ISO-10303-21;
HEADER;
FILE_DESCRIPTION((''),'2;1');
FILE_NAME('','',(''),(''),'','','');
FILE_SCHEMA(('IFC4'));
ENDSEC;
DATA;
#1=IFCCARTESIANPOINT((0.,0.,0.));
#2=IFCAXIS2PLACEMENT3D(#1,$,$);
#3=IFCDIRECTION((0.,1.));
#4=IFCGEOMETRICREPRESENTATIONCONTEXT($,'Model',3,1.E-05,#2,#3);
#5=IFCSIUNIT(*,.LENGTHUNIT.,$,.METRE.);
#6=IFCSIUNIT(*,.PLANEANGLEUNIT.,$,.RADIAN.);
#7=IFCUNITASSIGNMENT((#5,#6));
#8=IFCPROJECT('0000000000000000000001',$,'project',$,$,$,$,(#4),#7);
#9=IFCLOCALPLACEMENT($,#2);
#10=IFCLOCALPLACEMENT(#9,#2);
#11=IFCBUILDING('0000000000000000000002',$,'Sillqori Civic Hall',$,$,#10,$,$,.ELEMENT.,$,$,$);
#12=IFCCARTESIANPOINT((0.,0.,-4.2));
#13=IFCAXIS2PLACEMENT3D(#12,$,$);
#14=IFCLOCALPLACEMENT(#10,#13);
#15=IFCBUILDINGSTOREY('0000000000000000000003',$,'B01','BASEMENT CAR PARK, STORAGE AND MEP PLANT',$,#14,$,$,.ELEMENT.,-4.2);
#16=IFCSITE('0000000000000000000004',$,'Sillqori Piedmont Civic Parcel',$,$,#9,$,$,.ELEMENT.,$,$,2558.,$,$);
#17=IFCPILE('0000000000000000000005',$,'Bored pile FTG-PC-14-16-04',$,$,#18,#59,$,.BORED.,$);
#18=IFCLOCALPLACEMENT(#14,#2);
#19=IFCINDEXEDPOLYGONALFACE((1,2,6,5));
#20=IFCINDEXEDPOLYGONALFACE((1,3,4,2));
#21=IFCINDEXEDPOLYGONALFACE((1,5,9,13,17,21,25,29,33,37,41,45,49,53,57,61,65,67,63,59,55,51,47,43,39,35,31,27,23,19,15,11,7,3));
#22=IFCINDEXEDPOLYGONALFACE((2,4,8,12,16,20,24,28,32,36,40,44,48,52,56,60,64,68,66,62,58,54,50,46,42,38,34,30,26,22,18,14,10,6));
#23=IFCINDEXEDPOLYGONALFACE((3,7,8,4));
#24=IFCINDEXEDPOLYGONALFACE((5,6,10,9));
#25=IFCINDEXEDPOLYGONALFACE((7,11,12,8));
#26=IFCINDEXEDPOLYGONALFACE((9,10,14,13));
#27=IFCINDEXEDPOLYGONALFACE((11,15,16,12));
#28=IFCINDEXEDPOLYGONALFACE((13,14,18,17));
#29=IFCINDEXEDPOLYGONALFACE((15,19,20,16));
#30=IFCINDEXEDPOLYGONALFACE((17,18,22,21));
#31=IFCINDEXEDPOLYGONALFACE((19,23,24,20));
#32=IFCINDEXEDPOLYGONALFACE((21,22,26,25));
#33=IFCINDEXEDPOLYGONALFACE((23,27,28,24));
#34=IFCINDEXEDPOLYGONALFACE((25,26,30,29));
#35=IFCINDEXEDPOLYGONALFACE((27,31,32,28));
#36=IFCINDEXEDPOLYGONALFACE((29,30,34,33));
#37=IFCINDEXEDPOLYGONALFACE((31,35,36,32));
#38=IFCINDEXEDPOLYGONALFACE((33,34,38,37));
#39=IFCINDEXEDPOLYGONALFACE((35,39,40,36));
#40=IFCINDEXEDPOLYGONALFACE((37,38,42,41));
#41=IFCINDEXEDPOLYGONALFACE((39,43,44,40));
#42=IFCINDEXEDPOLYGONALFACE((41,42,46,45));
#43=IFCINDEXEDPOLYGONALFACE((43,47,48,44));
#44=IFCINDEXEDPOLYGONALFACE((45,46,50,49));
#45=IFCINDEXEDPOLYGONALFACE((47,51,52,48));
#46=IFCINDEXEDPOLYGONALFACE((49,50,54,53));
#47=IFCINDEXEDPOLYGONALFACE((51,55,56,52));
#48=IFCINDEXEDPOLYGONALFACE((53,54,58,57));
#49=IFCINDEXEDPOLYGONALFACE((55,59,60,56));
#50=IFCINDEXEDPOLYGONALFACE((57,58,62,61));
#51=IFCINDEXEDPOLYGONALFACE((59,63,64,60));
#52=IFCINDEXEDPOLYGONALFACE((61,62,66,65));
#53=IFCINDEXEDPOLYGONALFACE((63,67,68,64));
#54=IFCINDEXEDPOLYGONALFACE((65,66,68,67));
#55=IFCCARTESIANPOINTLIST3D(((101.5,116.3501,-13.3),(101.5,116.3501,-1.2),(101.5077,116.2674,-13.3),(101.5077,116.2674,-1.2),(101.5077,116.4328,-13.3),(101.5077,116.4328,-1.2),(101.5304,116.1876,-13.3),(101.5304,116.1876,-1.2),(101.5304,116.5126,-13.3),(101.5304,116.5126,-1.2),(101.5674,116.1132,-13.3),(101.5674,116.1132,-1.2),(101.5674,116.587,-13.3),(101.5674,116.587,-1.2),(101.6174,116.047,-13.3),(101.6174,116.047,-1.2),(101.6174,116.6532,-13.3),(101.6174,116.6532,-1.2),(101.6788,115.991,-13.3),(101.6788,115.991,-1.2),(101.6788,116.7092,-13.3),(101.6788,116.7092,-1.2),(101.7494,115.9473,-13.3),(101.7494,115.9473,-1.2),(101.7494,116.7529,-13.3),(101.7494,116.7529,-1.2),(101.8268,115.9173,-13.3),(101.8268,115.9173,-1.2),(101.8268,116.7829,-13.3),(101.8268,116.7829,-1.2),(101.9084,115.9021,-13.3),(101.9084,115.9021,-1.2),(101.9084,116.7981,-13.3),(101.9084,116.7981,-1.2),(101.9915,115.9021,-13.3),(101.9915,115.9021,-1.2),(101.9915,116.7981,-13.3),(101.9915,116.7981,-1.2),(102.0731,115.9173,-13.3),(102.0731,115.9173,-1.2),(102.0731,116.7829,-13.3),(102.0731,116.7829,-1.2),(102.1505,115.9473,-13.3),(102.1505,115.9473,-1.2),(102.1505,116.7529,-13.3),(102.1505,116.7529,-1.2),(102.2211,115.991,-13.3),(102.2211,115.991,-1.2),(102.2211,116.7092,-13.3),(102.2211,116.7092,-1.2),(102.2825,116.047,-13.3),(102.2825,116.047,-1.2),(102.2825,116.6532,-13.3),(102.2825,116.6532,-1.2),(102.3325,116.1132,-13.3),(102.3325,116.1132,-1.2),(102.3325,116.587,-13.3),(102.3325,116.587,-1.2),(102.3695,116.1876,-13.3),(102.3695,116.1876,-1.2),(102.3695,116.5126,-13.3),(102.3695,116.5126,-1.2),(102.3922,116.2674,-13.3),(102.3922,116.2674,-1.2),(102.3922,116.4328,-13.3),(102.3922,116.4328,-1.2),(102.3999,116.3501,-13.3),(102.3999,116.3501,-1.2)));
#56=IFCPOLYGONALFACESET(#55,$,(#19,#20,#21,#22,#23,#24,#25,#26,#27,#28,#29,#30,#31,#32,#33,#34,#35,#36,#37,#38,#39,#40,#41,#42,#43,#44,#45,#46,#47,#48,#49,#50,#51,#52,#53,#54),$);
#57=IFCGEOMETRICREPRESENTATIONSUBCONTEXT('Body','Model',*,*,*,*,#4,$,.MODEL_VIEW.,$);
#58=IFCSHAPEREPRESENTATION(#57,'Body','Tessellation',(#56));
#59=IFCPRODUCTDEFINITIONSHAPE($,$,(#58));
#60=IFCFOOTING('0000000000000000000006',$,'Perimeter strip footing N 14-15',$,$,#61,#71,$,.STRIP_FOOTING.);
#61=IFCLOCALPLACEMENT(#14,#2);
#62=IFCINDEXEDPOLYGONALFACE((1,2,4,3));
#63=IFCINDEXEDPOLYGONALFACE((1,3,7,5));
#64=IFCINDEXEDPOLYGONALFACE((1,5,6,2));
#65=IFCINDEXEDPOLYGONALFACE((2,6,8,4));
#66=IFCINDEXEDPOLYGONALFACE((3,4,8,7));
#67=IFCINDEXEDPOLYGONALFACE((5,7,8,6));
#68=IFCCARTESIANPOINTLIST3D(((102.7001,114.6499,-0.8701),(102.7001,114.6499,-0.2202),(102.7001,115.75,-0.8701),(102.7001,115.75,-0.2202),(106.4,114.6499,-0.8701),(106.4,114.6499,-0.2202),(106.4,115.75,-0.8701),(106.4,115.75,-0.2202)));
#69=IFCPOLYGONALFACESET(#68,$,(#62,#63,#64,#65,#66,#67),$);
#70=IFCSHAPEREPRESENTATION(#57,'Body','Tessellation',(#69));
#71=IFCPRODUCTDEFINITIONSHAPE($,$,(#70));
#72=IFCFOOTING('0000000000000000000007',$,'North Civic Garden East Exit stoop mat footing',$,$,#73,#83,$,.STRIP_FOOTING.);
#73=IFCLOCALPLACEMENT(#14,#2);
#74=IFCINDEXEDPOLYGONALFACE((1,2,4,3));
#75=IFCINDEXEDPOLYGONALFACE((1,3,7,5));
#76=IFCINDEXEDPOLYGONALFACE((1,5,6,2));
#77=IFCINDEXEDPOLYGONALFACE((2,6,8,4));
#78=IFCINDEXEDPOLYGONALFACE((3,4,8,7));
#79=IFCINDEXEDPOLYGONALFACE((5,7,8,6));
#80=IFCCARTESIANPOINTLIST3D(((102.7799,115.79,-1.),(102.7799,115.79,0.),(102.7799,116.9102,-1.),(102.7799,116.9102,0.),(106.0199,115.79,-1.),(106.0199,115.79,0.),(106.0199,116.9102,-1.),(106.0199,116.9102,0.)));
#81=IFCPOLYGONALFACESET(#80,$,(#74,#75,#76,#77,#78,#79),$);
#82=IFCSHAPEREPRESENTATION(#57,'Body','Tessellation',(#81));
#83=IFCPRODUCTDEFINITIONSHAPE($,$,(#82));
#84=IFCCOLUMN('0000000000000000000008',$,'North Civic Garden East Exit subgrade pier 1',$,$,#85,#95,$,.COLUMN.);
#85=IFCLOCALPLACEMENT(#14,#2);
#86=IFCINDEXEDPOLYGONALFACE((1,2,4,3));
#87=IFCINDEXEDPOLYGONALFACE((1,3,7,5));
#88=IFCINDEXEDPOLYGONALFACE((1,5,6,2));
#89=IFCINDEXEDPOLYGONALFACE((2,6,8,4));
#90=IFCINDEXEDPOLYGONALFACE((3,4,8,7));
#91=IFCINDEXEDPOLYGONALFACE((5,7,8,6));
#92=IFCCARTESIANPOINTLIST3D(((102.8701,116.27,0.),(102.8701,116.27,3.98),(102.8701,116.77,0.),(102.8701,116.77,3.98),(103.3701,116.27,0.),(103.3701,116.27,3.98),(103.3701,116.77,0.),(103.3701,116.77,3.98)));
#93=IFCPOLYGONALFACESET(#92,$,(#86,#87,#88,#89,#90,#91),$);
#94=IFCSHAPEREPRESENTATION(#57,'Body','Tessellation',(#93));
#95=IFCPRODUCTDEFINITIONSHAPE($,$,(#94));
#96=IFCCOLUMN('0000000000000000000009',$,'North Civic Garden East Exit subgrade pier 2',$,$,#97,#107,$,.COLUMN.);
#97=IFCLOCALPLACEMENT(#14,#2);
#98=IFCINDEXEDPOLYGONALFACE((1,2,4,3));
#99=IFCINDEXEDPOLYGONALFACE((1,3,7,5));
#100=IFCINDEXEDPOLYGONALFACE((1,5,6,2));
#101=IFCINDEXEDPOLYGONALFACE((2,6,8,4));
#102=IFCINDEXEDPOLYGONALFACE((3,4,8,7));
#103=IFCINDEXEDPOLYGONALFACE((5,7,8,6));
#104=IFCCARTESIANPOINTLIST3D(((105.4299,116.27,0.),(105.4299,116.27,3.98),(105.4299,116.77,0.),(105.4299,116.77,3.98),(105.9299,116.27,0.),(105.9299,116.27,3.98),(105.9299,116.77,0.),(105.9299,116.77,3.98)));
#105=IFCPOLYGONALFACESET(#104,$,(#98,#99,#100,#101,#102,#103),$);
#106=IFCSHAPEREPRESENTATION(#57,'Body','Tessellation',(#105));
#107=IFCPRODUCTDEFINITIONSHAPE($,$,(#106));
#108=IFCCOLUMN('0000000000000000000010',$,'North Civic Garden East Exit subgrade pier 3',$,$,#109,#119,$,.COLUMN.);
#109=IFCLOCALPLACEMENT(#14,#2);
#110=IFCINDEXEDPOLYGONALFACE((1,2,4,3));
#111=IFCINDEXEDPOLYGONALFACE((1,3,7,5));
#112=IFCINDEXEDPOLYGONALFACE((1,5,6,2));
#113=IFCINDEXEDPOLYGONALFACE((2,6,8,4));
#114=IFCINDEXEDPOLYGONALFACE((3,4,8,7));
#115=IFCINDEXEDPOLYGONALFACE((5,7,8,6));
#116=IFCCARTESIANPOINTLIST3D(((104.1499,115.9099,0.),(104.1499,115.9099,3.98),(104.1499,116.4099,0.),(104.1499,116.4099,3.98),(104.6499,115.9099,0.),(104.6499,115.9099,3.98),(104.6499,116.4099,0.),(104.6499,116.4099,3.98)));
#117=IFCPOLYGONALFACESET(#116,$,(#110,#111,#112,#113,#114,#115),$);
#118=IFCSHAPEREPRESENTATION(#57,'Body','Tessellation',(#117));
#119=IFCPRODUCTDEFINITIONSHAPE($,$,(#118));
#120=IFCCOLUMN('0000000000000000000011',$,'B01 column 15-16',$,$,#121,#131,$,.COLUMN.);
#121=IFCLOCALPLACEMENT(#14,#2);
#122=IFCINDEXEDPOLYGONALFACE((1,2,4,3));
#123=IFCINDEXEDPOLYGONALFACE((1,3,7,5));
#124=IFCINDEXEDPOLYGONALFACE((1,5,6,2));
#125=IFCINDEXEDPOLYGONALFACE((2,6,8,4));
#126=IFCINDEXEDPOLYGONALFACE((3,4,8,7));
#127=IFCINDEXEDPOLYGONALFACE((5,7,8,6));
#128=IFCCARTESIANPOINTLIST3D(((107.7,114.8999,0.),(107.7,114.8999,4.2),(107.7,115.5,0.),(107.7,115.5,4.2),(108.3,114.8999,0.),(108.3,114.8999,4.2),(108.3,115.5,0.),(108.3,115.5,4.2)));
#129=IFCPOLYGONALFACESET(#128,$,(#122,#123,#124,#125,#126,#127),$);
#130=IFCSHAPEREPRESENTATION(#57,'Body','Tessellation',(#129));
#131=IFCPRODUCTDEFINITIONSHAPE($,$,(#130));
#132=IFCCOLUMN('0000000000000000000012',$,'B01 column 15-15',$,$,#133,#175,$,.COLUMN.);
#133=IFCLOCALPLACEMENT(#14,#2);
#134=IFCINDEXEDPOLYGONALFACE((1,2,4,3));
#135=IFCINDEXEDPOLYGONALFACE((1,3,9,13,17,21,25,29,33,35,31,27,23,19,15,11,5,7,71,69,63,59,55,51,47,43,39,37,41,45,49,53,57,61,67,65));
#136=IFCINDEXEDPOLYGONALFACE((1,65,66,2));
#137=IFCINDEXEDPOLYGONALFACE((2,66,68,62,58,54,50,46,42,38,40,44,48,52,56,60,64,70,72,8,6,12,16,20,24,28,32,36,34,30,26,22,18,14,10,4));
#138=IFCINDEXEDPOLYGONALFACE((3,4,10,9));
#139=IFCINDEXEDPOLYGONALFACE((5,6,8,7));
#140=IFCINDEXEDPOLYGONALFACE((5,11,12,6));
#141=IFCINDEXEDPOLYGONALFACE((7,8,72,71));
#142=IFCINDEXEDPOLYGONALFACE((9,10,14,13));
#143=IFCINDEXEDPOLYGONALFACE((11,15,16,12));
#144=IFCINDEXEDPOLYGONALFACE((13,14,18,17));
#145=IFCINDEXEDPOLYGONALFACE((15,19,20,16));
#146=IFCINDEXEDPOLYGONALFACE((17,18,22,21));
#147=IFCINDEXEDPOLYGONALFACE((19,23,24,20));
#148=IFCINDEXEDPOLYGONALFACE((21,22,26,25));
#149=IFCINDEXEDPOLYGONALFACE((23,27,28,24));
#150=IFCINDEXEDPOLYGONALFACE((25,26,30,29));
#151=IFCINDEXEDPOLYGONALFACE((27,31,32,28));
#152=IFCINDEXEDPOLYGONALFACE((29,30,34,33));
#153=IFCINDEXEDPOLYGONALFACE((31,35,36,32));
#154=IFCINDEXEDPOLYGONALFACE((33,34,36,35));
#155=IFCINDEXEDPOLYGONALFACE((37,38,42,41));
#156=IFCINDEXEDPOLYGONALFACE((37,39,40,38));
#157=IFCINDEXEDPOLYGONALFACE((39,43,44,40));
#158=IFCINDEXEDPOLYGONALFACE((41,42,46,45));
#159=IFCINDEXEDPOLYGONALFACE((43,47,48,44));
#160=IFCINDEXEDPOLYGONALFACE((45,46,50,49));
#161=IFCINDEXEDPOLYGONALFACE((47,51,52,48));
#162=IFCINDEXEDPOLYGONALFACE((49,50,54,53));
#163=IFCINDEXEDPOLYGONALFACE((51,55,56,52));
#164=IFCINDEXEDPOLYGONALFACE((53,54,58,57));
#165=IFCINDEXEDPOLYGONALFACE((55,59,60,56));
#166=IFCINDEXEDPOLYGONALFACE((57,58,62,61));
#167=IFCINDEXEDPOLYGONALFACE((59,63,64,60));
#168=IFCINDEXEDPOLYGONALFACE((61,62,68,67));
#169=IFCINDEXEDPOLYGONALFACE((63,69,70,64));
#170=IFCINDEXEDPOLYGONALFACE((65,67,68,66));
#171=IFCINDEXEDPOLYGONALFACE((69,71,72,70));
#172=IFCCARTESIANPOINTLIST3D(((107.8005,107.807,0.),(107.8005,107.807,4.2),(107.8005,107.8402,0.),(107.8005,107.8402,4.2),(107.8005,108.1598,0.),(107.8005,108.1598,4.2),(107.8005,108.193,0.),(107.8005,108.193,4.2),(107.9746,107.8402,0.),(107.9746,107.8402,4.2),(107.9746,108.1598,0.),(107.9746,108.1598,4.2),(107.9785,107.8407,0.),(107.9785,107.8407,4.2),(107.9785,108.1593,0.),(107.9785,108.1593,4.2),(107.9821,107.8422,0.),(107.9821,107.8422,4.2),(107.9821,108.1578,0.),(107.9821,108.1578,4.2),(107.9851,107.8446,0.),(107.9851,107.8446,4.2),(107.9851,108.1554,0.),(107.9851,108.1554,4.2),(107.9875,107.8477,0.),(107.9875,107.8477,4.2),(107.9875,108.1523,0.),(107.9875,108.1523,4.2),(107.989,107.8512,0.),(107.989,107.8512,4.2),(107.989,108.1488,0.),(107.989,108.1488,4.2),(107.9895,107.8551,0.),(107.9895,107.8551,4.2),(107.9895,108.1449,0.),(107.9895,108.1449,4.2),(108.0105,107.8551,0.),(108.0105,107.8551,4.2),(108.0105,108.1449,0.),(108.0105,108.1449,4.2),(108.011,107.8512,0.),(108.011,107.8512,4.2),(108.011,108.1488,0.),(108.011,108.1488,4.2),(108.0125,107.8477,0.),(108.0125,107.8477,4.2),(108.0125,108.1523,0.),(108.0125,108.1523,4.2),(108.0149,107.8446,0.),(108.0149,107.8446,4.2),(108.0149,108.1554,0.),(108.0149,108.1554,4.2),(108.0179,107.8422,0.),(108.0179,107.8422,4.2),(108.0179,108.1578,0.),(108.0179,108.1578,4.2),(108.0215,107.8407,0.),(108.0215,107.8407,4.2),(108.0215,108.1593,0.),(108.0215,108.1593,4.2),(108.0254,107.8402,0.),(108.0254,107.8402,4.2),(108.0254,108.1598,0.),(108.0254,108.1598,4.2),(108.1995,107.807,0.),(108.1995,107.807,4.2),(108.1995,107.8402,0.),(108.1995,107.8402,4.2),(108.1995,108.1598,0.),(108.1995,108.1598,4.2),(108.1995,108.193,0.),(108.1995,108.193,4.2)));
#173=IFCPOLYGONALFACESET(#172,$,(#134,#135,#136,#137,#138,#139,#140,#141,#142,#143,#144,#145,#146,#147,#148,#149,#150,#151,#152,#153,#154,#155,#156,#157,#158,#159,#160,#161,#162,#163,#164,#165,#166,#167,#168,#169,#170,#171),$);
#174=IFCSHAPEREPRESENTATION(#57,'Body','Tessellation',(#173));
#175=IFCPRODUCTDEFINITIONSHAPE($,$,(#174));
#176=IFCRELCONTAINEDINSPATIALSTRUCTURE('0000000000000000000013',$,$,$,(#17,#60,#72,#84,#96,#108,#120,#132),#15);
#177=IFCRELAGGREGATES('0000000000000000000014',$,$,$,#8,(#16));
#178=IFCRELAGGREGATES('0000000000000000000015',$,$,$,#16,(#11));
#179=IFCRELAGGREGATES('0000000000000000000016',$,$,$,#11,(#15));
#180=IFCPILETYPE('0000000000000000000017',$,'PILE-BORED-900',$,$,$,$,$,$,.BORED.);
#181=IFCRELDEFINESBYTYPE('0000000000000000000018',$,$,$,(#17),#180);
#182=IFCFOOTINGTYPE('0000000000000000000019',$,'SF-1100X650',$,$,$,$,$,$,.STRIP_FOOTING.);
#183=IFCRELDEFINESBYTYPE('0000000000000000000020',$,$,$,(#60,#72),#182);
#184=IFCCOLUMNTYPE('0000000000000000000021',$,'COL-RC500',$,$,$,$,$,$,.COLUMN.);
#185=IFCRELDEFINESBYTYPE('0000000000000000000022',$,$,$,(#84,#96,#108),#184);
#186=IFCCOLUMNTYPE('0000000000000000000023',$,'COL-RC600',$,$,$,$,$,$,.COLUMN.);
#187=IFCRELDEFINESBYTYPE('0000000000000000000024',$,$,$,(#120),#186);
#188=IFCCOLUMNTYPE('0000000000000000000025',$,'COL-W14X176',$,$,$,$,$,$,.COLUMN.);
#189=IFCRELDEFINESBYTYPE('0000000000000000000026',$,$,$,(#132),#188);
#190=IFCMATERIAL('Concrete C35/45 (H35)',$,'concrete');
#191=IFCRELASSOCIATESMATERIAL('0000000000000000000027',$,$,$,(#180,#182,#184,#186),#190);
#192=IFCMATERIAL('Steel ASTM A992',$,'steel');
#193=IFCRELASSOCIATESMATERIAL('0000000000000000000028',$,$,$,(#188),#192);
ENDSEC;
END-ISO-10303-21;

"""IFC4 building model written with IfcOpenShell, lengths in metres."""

from ifc_helpers import new_model, si_unit, direction, frame, origin, origin_2d, place, context, subcontext, project, spatial, rectangle, circle, i_section, extrude, material, material_profile, profile_set, type_object, element, save


model = new_model("IFC4")

# Units and contexts
model_context = context("Model", 3, precision=1e-05, world=origin(), true_north=direction((0.0, 1.0)))
body_context = subcontext(model_context, "Body", "Model", "MODEL_VIEW")
ifc_project = project(units=[si_unit("LENGTHUNIT", "METRE"), si_unit("PLANEANGLEUNIT", "RADIAN")], contexts=[model_context])

# Site, building, storey
site_placement = place(None, origin())
site = spatial("IfcSite", under=ifc_project, at=site_placement, Name="Sillqori Piedmont Civic Parcel", CompositionType="ELEMENT", RefElevation=2558.0)
building_placement = place(site_placement, origin())
building = spatial("IfcBuilding", under=site, at=building_placement, Name="Sillqori Civic Hall", CompositionType="ELEMENT")
storey_placement = place(building_placement, frame((0.0, 0.0, -4.2)))
storey = spatial("IfcBuildingStorey", under=building, at=storey_placement, Name="B01", Description="BASEMENT CAR PARK, STORAGE AND MEP PLANT", CompositionType="ELEMENT", Elevation=-4.2)

# Shared definitions
ifc_material_1 = material(Name="Concrete C35/45 (H35)", Category="concrete")

# Pile
ifc_material_profile_1 = material_profile(ifc_material_1, circle(Radius=0.45, at=origin_2d()), Name="BORED PILE 900")
ifc_profile_set_1 = profile_set([ifc_material_profile_1], Name="Concrete C35/45 (H35)")
pile_type = type_object("IfcPileType", Name="PILE-BORED-900", PredefinedType="BORED", material=ifc_profile_set_1)
for number, where, z_axis, x_axis, name in (
    (1, (101.95, 116.3501, -1.2), (0.0, 0.0, -1.0), (1.0, 0.0, 0.0), "Bored pile FTG-PC-14-16-04"),
):
    element("IfcPile", number, at=place(storey_placement, frame(where, z_axis=z_axis, x_axis=x_axis)), inside=storey, type_object=pile_type, Name=name, PredefinedType="BORED", context=body_context, shape_type="SweptSolid", body=[
        extrude(circle(Radius=0.45, at=origin_2d()), origin(), (0.0, 0.0, 1.0), 12.1001),
    ])

# Footings
footing_type_1 = type_object("IfcFootingType", Name="SF-1100X650", PredefinedType="STRIP_FOOTING", material=ifc_material_1)
footing_1_placement = place(storey_placement, frame((104.55, 115.2, -0.8701), z_axis=(0.0, 0.0, 1.0), x_axis=(1.0, 0.0, 0.0)))
element("IfcFooting", 2, at=footing_1_placement, inside=storey, type_object=footing_type_1, Name="Perimeter strip footing N 14-15", PredefinedType="STRIP_FOOTING", context=body_context, shape_type="SweptSolid", body=[
    extrude(rectangle(XDim=3.7, YDim=1.1001, at=origin_2d()), origin(), (0.0, 0.0, 1.0), 0.6499),
])
footing_2_placement = place(storey_placement, frame((104.3999, 116.3501, -1.0), z_axis=(0.0, 0.0, 1.0), x_axis=(1.0, 0.0, 0.0)))
element("IfcFooting", 3, at=footing_2_placement, inside=storey, type_object=footing_type_1, Name="North Civic Garden East Exit stoop mat footing", PredefinedType="STRIP_FOOTING", context=body_context, shape_type="SweptSolid", body=[
    extrude(rectangle(XDim=3.24, YDim=1.1201, at=origin_2d()), origin(), (0.0, 0.0, 1.0), 1.0),
])

# Columns
ifc_material_profile_2 = material_profile(ifc_material_1, rectangle(XDim=0.5, YDim=0.5, at=origin_2d()), Name="RC 500x500")
ifc_profile_set_2 = profile_set([ifc_material_profile_2], Name="Concrete C35/45 (H35)")
column_type_1 = type_object("IfcColumnType", Name="COL-RC500", PredefinedType="COLUMN", material=ifc_profile_set_2)
for number, where, z_axis, x_axis, name in (
    (4, (103.1201, 116.52, 0.0), (0.0, 0.0, 1.0), (1.0, 0.0, 0.0), "North Civic Garden East Exit subgrade pier 1"),
    (5, (105.6799, 116.52, 0.0), (0.0, 0.0, 1.0), (1.0, 0.0, 0.0), "North Civic Garden East Exit subgrade pier 2"),
    (6, (104.3999, 116.1599, 0.0), (0.0, 0.0, 1.0), (1.0, 0.0, 0.0), "North Civic Garden East Exit subgrade pier 3"),
):
    element("IfcColumn", number, at=place(storey_placement, frame(where, z_axis=z_axis, x_axis=x_axis)), inside=storey, type_object=column_type_1, Name=name, PredefinedType="COLUMN", context=body_context, shape_type="SweptSolid", body=[
        extrude(rectangle(XDim=0.5, YDim=0.5, at=origin_2d()), origin(), (0.0, 0.0, 1.0), 3.98),
    ])
ifc_material_profile_3 = material_profile(ifc_material_1, rectangle(XDim=0.6001, YDim=0.6001, at=origin_2d()), Name="RC 600x600")
ifc_profile_set_3 = profile_set([ifc_material_profile_3], Name="Concrete C35/45 (H35)")
column_type_2 = type_object("IfcColumnType", Name="COL-RC600", PredefinedType="COLUMN", material=ifc_profile_set_3)
column_1_placement = place(storey_placement, frame((108.0, 115.2, 0.0), z_axis=(0.0, 0.0, 1.0), x_axis=(1.0, 0.0, 0.0)))
element("IfcColumn", 7, at=column_1_placement, inside=storey, type_object=column_type_2, Name="B01 column 15-16", PredefinedType="COLUMN", context=body_context, shape_type="SweptSolid", body=[
    extrude(rectangle(XDim=0.6001, YDim=0.6001, at=origin_2d()), origin(), (0.0, 0.0, 1.0), 4.2),
])
ifc_material_2 = material(Name="Steel ASTM A992", Category="steel")
ifc_material_profile_4 = material_profile(ifc_material_2, i_section(OverallWidth=0.3989, OverallDepth=0.386, WebThickness=0.021, FlangeThickness=0.0332, FilletRadius=0.0149, at=origin_2d()), Name="W14X176")
ifc_profile_set_4 = profile_set([ifc_material_profile_4], Name="Steel ASTM A992")
column_type_3 = type_object("IfcColumnType", Name="COL-W14X176", PredefinedType="COLUMN", material=ifc_profile_set_4)
column_2_placement = place(storey_placement, frame((108.0, 108.0, 0.0), z_axis=(0.0, 0.0, 1.0), x_axis=(1.0, 0.0, 0.0)))
element("IfcColumn", 8, at=column_2_placement, inside=storey, type_object=column_type_3, Name="B01 column 15-15", PredefinedType="COLUMN", context=body_context, shape_type="SweptSolid", body=[
    extrude(i_section(OverallWidth=0.3989, OverallDepth=0.386, WebThickness=0.021, FlangeThickness=0.0332, FilletRadius=0.0149, at=origin_2d()), origin(), (0.0, 0.0, 1.0), 4.2),
])

save(model, "model.ifc")
